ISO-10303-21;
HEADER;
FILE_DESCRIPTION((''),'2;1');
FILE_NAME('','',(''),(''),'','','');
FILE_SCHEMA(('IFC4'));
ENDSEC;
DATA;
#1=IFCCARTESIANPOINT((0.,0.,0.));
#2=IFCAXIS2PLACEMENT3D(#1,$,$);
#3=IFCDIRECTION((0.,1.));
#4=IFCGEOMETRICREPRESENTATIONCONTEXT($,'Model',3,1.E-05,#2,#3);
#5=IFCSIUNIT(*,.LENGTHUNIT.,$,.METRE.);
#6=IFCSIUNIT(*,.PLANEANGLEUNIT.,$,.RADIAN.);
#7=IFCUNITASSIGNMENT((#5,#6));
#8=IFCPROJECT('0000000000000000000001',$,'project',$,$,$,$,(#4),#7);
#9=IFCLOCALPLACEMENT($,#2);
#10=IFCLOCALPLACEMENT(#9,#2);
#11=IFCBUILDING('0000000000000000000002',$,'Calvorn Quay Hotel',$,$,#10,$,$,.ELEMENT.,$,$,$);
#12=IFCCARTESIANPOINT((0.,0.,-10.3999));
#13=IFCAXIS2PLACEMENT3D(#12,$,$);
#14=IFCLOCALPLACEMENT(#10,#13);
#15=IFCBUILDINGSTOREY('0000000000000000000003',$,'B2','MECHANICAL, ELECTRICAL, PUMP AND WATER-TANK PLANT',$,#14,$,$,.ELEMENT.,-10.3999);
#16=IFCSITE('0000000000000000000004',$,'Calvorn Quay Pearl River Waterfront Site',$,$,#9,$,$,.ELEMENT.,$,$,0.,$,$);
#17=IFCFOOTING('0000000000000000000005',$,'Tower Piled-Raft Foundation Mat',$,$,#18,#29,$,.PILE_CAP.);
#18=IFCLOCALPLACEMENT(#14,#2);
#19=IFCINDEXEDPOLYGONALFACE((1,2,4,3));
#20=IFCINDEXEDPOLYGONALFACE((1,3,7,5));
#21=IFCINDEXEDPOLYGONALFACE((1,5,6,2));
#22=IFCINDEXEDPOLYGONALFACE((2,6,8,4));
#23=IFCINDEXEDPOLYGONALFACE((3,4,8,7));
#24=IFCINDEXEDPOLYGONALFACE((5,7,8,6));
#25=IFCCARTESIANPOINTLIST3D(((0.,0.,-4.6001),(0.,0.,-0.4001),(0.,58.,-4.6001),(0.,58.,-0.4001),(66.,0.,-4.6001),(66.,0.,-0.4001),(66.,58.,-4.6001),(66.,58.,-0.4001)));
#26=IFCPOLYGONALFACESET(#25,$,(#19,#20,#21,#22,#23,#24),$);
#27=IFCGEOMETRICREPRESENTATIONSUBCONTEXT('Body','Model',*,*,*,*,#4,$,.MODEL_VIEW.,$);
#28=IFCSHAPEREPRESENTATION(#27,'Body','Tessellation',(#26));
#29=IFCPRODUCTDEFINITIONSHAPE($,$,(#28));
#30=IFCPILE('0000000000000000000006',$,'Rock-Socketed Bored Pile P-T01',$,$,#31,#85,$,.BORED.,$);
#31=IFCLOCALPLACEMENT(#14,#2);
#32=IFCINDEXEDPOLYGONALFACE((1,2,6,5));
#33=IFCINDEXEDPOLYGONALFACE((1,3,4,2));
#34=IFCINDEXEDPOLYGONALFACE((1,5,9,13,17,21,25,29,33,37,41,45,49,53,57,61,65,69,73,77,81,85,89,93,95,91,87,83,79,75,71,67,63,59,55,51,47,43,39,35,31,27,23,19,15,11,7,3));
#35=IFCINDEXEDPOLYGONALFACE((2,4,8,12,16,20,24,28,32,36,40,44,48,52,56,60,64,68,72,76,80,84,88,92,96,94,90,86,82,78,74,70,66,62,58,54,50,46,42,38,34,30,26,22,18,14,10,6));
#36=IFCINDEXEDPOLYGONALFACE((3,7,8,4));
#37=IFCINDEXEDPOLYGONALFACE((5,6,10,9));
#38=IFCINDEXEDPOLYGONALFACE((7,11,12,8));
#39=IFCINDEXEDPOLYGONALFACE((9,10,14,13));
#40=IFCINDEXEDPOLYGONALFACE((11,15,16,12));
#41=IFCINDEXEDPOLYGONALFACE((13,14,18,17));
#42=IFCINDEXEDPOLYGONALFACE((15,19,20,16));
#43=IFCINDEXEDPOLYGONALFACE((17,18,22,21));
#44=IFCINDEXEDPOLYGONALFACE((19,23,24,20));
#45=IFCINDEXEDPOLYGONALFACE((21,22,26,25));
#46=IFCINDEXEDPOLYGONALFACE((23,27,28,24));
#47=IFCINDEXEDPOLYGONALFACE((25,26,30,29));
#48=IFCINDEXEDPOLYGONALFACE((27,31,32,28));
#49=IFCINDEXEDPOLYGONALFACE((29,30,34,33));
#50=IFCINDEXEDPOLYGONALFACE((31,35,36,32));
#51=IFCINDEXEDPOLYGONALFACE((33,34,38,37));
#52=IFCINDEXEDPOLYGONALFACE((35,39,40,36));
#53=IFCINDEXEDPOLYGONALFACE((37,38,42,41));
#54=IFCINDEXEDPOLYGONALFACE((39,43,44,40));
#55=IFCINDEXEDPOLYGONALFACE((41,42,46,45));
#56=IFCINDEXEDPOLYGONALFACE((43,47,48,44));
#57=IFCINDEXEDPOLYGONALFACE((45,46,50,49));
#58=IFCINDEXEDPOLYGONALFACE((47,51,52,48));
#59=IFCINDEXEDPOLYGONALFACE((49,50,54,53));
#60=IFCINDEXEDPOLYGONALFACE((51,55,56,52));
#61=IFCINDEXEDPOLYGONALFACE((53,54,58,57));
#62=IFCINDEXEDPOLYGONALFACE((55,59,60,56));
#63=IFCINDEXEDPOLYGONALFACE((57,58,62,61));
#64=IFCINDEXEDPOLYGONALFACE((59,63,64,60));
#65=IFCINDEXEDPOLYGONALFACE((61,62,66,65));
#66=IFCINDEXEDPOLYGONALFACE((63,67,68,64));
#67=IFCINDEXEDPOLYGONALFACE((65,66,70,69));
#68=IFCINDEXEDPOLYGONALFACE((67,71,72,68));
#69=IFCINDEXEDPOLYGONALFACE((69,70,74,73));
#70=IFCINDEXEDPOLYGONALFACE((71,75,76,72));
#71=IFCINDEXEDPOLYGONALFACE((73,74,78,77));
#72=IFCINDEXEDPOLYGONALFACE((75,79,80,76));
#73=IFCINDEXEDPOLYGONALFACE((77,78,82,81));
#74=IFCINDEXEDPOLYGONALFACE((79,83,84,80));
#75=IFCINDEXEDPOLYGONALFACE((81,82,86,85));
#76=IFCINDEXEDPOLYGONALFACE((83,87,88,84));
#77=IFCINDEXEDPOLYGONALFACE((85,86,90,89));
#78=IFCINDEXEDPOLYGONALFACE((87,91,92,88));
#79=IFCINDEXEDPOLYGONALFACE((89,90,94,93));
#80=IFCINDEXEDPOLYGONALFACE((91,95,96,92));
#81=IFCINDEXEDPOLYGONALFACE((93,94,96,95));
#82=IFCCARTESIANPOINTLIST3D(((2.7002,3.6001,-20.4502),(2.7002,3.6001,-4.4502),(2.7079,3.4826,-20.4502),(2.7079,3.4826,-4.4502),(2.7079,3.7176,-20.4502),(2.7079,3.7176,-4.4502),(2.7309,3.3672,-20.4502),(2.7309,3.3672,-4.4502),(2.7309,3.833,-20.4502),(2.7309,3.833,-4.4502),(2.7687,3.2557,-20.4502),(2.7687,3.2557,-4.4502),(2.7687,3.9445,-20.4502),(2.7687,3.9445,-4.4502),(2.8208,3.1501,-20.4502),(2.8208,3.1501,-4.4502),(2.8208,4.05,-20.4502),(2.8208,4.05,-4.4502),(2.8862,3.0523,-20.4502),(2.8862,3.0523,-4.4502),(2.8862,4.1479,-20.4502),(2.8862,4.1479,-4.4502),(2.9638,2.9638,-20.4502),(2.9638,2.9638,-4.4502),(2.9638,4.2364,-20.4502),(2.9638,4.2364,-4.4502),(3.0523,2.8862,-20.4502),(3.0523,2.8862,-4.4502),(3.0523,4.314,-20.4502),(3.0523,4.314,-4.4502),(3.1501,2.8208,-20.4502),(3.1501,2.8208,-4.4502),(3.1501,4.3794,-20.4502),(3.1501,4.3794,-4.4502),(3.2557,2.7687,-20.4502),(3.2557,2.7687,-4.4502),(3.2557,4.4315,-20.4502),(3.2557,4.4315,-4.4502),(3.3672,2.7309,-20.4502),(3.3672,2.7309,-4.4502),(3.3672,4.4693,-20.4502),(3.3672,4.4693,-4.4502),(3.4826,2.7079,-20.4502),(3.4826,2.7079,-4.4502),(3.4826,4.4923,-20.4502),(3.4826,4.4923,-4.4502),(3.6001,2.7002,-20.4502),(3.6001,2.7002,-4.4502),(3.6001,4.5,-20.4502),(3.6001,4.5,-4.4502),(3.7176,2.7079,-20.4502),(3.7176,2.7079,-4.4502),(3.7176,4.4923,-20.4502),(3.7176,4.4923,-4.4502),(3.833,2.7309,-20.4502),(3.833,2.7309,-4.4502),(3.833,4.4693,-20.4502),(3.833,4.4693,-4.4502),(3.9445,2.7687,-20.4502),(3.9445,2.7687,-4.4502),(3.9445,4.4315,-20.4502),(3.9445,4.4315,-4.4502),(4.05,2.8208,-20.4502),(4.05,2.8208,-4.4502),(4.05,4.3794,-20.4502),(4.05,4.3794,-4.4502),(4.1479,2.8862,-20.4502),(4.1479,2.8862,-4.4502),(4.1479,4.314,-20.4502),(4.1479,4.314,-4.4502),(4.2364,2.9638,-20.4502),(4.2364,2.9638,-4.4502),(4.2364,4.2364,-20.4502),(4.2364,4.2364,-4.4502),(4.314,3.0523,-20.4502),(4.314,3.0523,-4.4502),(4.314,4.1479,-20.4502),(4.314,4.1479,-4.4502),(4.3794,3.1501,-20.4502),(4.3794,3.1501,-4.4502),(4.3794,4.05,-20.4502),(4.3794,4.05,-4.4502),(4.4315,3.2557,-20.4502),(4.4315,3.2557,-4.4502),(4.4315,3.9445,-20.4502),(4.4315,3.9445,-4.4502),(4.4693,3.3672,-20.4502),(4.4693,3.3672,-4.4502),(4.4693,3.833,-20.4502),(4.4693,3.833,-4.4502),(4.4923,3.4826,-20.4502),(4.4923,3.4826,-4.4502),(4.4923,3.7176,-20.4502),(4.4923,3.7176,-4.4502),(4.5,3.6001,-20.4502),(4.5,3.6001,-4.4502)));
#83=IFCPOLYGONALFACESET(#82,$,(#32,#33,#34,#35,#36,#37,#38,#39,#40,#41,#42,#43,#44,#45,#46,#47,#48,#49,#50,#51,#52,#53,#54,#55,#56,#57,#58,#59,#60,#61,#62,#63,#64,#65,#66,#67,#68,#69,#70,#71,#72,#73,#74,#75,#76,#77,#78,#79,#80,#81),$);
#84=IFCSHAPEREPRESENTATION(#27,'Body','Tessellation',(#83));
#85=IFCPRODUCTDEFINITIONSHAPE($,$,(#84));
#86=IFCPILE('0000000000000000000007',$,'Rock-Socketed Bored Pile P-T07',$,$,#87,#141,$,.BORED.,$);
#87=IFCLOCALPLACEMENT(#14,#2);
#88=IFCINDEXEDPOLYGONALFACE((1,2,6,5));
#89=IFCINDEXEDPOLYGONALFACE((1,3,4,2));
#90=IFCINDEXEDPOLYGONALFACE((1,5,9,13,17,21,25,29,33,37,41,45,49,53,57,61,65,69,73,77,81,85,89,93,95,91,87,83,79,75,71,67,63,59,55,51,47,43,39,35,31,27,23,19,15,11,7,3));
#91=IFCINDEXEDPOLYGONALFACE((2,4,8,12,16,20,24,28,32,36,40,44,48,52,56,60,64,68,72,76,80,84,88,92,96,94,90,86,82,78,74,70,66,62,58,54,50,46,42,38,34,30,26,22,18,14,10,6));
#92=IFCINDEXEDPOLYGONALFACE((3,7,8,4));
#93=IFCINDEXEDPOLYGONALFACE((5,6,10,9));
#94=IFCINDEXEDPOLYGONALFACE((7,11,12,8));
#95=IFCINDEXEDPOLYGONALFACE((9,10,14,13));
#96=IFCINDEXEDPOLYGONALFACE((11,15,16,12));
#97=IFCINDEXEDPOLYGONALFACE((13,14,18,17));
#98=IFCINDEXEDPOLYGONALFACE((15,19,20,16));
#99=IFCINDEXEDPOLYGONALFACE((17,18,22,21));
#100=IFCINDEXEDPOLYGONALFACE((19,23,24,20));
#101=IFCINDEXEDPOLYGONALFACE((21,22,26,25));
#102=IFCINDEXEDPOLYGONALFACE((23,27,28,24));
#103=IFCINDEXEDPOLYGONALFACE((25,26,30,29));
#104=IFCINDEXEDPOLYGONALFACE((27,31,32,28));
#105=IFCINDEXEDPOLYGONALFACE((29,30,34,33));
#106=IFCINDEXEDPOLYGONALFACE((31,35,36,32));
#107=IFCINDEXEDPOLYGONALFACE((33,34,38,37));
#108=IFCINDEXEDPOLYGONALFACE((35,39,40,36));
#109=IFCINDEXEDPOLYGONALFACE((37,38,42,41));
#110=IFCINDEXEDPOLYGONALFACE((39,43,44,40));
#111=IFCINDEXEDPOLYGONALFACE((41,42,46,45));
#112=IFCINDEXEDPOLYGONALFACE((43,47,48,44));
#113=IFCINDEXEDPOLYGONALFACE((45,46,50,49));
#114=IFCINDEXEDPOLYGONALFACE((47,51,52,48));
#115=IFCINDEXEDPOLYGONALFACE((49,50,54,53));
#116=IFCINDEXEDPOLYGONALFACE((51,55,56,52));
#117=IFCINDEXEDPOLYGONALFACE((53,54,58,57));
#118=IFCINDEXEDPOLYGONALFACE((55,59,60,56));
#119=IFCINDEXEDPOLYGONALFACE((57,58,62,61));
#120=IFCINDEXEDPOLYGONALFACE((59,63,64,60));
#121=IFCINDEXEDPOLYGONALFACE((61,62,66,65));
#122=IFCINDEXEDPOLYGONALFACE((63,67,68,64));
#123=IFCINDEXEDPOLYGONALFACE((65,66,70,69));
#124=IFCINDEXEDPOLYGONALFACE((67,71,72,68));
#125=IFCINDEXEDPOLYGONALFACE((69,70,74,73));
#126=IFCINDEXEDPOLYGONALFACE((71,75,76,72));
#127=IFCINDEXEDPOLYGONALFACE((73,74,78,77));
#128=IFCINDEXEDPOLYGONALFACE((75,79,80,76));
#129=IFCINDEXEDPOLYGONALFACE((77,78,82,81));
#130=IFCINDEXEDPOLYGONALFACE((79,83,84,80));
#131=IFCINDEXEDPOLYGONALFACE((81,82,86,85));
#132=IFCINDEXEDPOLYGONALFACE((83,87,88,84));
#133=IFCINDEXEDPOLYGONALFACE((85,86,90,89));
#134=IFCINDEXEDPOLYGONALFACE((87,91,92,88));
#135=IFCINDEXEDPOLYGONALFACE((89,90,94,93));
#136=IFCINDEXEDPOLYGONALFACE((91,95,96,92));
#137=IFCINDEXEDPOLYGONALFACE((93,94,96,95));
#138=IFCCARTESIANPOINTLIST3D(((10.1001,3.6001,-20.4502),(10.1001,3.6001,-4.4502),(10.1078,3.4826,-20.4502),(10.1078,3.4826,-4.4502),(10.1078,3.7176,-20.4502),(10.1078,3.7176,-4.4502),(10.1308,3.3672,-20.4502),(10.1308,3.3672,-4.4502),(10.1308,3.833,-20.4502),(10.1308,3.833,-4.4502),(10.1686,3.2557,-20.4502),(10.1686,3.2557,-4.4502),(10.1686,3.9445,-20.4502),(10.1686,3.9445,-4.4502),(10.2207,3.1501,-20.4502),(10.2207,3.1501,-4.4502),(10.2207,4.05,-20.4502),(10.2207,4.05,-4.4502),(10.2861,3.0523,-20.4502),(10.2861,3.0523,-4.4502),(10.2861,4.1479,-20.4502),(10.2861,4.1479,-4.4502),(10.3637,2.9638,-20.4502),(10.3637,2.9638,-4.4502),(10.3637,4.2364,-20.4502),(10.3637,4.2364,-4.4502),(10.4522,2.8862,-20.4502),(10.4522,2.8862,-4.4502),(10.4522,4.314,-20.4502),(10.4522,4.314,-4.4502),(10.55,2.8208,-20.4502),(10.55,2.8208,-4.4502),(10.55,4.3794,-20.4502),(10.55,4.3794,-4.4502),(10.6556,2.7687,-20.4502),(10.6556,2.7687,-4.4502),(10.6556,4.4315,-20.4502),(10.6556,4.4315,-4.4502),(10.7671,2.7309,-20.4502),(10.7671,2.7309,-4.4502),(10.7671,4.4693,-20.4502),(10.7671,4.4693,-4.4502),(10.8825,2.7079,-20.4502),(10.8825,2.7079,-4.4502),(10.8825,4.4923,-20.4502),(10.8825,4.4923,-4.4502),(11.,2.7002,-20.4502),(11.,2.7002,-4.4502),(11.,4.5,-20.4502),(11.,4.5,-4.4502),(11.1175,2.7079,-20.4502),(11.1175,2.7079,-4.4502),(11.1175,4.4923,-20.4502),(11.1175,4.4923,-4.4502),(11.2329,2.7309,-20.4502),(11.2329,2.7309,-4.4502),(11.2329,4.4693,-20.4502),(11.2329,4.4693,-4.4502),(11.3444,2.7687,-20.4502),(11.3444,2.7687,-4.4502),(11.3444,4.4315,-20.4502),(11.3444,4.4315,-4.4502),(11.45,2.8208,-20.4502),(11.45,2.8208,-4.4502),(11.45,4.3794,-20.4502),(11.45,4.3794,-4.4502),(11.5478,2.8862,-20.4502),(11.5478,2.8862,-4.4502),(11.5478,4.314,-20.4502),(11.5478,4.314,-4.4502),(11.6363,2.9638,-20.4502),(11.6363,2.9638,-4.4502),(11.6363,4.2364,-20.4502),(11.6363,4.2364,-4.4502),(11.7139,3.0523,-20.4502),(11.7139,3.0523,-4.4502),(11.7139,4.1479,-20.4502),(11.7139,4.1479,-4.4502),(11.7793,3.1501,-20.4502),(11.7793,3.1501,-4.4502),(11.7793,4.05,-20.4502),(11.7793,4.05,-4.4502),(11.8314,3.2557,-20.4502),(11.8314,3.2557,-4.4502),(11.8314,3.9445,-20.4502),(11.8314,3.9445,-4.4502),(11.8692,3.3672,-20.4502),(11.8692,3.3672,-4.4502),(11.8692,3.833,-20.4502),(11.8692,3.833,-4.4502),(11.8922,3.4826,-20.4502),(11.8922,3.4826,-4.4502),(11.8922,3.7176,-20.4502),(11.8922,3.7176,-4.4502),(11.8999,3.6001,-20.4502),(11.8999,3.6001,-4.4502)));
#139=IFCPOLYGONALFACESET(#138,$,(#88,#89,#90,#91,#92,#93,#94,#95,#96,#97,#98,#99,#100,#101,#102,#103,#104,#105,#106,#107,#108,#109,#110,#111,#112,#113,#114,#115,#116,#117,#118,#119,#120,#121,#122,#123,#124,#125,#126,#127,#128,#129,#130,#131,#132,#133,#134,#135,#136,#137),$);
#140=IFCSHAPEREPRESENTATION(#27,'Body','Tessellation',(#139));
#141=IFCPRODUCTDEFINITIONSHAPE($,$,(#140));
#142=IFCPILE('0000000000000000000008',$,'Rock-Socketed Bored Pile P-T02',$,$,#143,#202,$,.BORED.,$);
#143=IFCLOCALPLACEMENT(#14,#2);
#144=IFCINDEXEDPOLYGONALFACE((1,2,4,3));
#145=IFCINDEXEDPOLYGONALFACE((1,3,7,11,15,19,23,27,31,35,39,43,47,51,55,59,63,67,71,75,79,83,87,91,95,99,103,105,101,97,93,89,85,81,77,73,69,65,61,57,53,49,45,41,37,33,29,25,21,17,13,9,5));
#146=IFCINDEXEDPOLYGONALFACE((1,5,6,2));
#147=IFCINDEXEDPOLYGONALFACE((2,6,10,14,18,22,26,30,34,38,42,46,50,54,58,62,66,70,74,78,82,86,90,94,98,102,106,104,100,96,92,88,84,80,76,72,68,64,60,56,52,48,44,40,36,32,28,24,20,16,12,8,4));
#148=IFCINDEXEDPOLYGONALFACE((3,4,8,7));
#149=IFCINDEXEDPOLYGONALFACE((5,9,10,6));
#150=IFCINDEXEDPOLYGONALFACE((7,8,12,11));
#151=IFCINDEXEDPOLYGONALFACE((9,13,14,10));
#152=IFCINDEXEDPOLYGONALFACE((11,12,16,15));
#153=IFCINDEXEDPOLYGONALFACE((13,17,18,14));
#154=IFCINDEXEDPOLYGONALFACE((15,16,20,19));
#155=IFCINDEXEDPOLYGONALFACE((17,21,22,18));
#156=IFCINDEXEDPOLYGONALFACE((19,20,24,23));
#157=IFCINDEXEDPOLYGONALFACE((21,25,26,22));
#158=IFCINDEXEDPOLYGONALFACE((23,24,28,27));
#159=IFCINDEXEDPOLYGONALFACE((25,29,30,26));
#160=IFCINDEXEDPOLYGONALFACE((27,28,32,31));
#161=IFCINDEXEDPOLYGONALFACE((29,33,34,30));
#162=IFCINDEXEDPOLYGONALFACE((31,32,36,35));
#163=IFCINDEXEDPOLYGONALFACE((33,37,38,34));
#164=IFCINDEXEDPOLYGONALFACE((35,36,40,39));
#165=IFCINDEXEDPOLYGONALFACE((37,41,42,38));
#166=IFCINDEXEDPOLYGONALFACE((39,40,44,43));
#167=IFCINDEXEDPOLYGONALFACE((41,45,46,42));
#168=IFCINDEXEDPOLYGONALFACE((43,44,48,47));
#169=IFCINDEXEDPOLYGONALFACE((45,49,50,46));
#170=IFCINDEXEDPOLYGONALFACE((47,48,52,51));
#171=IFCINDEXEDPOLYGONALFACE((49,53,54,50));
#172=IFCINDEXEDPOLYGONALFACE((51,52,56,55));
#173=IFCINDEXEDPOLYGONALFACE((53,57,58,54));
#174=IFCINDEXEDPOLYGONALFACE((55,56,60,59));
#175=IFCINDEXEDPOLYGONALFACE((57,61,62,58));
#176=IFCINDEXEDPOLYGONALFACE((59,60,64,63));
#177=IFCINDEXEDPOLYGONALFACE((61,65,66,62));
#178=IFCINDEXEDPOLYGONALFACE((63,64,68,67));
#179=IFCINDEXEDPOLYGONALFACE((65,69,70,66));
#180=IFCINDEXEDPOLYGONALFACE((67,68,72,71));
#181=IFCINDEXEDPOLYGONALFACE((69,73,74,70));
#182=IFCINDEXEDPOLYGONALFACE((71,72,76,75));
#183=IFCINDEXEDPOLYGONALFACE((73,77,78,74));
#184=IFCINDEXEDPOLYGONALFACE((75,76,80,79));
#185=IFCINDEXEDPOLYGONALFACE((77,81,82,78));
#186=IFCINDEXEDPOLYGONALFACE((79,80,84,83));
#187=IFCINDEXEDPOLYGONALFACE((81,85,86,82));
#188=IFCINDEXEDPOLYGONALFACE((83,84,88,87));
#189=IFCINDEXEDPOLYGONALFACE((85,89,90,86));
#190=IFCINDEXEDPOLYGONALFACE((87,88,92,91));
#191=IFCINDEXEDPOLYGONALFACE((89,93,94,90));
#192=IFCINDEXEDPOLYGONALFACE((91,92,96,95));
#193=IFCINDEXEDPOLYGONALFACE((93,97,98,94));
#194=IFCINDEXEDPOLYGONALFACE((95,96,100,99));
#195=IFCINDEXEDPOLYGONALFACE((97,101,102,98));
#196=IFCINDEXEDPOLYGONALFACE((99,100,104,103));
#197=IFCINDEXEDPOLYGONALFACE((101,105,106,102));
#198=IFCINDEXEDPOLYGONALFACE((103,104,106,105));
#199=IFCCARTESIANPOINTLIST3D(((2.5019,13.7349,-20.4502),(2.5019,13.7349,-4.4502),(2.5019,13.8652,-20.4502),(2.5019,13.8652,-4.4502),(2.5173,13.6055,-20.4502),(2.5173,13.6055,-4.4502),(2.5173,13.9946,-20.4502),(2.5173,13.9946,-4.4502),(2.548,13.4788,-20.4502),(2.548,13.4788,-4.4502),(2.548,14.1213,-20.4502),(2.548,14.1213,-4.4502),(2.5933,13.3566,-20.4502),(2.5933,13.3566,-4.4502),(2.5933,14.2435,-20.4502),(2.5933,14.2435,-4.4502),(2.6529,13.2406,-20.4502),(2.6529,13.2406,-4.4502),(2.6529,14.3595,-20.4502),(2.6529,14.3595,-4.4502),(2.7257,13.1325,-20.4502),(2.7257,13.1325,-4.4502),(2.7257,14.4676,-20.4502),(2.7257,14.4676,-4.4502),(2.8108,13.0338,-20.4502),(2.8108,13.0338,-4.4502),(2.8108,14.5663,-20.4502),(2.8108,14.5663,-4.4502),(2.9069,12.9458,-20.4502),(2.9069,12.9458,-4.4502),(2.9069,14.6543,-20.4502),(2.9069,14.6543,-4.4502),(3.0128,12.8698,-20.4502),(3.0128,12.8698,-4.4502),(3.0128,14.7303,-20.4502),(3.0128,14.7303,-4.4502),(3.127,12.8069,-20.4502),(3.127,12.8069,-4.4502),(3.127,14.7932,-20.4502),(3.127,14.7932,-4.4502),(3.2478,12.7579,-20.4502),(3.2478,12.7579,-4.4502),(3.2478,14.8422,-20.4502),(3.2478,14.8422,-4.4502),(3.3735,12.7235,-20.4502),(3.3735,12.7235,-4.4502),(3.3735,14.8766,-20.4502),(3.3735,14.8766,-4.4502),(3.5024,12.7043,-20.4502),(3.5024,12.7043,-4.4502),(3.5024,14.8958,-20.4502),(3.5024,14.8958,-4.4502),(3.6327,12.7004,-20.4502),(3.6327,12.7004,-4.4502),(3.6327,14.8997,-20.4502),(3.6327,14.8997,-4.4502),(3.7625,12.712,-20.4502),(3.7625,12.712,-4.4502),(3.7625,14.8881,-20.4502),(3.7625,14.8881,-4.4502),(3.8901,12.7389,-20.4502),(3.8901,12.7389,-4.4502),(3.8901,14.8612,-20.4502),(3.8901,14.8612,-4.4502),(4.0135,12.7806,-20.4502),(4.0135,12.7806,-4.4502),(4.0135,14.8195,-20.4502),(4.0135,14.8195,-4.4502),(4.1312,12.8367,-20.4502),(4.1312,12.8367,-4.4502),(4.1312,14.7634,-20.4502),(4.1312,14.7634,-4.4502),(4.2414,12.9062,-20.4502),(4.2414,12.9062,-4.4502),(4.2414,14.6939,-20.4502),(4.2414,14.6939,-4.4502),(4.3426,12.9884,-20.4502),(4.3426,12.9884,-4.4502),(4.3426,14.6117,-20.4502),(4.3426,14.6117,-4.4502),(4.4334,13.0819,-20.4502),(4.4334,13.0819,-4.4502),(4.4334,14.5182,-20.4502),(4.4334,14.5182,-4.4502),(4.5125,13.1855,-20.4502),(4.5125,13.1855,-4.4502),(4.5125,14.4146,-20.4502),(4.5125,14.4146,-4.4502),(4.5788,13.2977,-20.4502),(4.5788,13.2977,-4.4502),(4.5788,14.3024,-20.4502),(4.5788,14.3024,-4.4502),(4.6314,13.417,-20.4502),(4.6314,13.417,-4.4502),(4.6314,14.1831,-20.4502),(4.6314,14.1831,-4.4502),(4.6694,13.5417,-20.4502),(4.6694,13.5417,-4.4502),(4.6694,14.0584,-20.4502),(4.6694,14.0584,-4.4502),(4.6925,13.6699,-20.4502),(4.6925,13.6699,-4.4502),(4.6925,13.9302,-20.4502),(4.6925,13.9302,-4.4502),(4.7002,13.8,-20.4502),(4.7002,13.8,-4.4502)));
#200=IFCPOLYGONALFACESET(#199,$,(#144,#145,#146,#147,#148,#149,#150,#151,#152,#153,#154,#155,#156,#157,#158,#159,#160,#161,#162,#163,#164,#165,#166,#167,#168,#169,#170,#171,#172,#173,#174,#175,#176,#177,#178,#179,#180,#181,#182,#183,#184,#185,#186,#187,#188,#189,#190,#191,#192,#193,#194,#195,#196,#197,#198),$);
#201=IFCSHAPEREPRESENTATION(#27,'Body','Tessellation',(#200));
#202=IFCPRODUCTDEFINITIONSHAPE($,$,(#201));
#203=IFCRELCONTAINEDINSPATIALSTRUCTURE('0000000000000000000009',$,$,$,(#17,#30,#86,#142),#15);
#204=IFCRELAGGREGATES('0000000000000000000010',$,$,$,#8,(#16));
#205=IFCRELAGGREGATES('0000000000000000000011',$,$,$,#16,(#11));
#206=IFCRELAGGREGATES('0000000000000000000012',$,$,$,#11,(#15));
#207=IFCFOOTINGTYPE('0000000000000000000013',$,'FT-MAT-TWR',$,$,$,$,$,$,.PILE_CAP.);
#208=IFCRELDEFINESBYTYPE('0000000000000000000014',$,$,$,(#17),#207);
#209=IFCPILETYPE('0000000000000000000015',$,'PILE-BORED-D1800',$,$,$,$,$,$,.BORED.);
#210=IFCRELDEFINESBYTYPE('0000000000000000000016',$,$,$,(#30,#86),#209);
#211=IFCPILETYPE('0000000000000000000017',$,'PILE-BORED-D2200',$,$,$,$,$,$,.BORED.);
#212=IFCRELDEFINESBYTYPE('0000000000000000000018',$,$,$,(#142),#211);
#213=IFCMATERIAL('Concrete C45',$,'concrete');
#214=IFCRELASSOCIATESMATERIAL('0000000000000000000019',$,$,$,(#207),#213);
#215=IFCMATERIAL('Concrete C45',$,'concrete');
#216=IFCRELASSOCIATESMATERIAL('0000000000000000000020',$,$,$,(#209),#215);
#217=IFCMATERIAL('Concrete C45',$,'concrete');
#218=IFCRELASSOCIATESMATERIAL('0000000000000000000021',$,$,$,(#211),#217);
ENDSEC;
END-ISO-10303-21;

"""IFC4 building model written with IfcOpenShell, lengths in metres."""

from ifc_helpers import new_model, si_unit, direction, frame, origin, origin_2d, place, context, subcontext, project, spatial, polyline, circle, outline, extrude, material, material_profile, profile_set, type_object, element, save


model = new_model("IFC4")

# Units and contexts
model_context = context("Model", 3, precision=1e-05, world=origin(), true_north=direction((0.0, 1.0)))
body_context = subcontext(model_context, "Body", "Model", "MODEL_VIEW")
ifc_project = project(units=[si_unit("LENGTHUNIT", "METRE"), si_unit("PLANEANGLEUNIT", "RADIAN")], contexts=[model_context])

# Site, building, storey
site_placement = place(None, origin())
site = spatial("IfcSite", under=ifc_project, at=site_placement, Name="Calvorn Quay Pearl River Waterfront Site", CompositionType="ELEMENT", RefElevation=0.0)
building_placement = place(site_placement, origin())
building = spatial("IfcBuilding", under=site, at=building_placement, Name="Calvorn Quay Hotel", CompositionType="ELEMENT")
storey_placement = place(building_placement, frame((0.0, 0.0, -10.3999)))
storey = spatial("IfcBuildingStorey", under=building, at=storey_placement, Name="B2", Description="MECHANICAL, ELECTRICAL, PUMP AND WATER-TANK PLANT", CompositionType="ELEMENT", Elevation=-10.3999)

# Footing
ifc_material_1 = material(Name="Concrete C45", Category="concrete")
footing_type = type_object("IfcFootingType", Name="FT-MAT-TWR", PredefinedType="PILE_CAP", material=ifc_material_1)
footing_placement = place(storey_placement, frame((0.0, 0.0, -4.6001)))
element("IfcFooting", 1, at=footing_placement, inside=storey, type_object=footing_type, Name="Tower Piled-Raft Foundation Mat", PredefinedType="PILE_CAP", context=body_context, shape_type="SweptSolid", body=[
    extrude(outline(polyline([(0.0, 0.0), (66.0, 0.0), (66.0, 58.0), (0.0, 58.0), (0.0, 0.0)])), origin(), (0.0, 0.0, 1.0), 4.2),
])

# Piles
ifc_material_2 = material(Name="Concrete C45", Category="concrete")
ifc_material_profile_1 = material_profile(ifc_material_2, circle(Radius=0.8999, at=origin_2d()), Name="PILE-D1800")
ifc_profile_set_1 = profile_set([ifc_material_profile_1], Name="Concrete C45")
pile_type_1 = type_object("IfcPileType", Name="PILE-BORED-D1800", PredefinedType="BORED", material=ifc_profile_set_1)
for number, where, z_axis, x_axis, name in (
    (2, (3.6001, 3.6001, -4.4502), (0.0, 0.0, -1.0), (1.0, 0.0, 0.0), "Rock-Socketed Bored Pile P-T01"),
    (3, (11.0, 3.6001, -4.4502), (0.0, 0.0, -1.0), (1.0, 0.0, 0.0), "Rock-Socketed Bored Pile P-T07"),
):
    element("IfcPile", number, at=place(storey_placement, frame(where, z_axis=z_axis, x_axis=x_axis)), inside=storey, type_object=pile_type_1, Name=name, PredefinedType="BORED", context=body_context, shape_type="SweptSolid", body=[
        extrude(circle(Radius=0.8999, at=origin_2d()), origin(), (0.0, 0.0, 1.0), 16.0),
    ])
ifc_material_3 = material(Name="Concrete C45", Category="concrete")
ifc_material_profile_2 = material_profile(ifc_material_3, circle(Radius=1.1001, at=origin_2d()), Name="PILE-D2200")
ifc_profile_set_2 = profile_set([ifc_material_profile_2], Name="Concrete C45")
pile_type_2 = type_object("IfcPileType", Name="PILE-BORED-D2200", PredefinedType="BORED", material=ifc_profile_set_2)
for number, where, z_axis, x_axis, name in (
    (4, (3.6001, 13.8, -4.4502), (0.0, 0.0, -1.0), (1.0, 0.0, 0.0), "Rock-Socketed Bored Pile P-T02"),
):
    element("IfcPile", number, at=place(storey_placement, frame(where, z_axis=z_axis, x_axis=x_axis)), inside=storey, type_object=pile_type_2, Name=name, PredefinedType="BORED", context=body_context, shape_type="SweptSolid", body=[
        extrude(circle(Radius=1.1001, at=origin_2d()), origin(), (0.0, 0.0, 1.0), 16.0),
    ])

save(model, "model.ifc")
